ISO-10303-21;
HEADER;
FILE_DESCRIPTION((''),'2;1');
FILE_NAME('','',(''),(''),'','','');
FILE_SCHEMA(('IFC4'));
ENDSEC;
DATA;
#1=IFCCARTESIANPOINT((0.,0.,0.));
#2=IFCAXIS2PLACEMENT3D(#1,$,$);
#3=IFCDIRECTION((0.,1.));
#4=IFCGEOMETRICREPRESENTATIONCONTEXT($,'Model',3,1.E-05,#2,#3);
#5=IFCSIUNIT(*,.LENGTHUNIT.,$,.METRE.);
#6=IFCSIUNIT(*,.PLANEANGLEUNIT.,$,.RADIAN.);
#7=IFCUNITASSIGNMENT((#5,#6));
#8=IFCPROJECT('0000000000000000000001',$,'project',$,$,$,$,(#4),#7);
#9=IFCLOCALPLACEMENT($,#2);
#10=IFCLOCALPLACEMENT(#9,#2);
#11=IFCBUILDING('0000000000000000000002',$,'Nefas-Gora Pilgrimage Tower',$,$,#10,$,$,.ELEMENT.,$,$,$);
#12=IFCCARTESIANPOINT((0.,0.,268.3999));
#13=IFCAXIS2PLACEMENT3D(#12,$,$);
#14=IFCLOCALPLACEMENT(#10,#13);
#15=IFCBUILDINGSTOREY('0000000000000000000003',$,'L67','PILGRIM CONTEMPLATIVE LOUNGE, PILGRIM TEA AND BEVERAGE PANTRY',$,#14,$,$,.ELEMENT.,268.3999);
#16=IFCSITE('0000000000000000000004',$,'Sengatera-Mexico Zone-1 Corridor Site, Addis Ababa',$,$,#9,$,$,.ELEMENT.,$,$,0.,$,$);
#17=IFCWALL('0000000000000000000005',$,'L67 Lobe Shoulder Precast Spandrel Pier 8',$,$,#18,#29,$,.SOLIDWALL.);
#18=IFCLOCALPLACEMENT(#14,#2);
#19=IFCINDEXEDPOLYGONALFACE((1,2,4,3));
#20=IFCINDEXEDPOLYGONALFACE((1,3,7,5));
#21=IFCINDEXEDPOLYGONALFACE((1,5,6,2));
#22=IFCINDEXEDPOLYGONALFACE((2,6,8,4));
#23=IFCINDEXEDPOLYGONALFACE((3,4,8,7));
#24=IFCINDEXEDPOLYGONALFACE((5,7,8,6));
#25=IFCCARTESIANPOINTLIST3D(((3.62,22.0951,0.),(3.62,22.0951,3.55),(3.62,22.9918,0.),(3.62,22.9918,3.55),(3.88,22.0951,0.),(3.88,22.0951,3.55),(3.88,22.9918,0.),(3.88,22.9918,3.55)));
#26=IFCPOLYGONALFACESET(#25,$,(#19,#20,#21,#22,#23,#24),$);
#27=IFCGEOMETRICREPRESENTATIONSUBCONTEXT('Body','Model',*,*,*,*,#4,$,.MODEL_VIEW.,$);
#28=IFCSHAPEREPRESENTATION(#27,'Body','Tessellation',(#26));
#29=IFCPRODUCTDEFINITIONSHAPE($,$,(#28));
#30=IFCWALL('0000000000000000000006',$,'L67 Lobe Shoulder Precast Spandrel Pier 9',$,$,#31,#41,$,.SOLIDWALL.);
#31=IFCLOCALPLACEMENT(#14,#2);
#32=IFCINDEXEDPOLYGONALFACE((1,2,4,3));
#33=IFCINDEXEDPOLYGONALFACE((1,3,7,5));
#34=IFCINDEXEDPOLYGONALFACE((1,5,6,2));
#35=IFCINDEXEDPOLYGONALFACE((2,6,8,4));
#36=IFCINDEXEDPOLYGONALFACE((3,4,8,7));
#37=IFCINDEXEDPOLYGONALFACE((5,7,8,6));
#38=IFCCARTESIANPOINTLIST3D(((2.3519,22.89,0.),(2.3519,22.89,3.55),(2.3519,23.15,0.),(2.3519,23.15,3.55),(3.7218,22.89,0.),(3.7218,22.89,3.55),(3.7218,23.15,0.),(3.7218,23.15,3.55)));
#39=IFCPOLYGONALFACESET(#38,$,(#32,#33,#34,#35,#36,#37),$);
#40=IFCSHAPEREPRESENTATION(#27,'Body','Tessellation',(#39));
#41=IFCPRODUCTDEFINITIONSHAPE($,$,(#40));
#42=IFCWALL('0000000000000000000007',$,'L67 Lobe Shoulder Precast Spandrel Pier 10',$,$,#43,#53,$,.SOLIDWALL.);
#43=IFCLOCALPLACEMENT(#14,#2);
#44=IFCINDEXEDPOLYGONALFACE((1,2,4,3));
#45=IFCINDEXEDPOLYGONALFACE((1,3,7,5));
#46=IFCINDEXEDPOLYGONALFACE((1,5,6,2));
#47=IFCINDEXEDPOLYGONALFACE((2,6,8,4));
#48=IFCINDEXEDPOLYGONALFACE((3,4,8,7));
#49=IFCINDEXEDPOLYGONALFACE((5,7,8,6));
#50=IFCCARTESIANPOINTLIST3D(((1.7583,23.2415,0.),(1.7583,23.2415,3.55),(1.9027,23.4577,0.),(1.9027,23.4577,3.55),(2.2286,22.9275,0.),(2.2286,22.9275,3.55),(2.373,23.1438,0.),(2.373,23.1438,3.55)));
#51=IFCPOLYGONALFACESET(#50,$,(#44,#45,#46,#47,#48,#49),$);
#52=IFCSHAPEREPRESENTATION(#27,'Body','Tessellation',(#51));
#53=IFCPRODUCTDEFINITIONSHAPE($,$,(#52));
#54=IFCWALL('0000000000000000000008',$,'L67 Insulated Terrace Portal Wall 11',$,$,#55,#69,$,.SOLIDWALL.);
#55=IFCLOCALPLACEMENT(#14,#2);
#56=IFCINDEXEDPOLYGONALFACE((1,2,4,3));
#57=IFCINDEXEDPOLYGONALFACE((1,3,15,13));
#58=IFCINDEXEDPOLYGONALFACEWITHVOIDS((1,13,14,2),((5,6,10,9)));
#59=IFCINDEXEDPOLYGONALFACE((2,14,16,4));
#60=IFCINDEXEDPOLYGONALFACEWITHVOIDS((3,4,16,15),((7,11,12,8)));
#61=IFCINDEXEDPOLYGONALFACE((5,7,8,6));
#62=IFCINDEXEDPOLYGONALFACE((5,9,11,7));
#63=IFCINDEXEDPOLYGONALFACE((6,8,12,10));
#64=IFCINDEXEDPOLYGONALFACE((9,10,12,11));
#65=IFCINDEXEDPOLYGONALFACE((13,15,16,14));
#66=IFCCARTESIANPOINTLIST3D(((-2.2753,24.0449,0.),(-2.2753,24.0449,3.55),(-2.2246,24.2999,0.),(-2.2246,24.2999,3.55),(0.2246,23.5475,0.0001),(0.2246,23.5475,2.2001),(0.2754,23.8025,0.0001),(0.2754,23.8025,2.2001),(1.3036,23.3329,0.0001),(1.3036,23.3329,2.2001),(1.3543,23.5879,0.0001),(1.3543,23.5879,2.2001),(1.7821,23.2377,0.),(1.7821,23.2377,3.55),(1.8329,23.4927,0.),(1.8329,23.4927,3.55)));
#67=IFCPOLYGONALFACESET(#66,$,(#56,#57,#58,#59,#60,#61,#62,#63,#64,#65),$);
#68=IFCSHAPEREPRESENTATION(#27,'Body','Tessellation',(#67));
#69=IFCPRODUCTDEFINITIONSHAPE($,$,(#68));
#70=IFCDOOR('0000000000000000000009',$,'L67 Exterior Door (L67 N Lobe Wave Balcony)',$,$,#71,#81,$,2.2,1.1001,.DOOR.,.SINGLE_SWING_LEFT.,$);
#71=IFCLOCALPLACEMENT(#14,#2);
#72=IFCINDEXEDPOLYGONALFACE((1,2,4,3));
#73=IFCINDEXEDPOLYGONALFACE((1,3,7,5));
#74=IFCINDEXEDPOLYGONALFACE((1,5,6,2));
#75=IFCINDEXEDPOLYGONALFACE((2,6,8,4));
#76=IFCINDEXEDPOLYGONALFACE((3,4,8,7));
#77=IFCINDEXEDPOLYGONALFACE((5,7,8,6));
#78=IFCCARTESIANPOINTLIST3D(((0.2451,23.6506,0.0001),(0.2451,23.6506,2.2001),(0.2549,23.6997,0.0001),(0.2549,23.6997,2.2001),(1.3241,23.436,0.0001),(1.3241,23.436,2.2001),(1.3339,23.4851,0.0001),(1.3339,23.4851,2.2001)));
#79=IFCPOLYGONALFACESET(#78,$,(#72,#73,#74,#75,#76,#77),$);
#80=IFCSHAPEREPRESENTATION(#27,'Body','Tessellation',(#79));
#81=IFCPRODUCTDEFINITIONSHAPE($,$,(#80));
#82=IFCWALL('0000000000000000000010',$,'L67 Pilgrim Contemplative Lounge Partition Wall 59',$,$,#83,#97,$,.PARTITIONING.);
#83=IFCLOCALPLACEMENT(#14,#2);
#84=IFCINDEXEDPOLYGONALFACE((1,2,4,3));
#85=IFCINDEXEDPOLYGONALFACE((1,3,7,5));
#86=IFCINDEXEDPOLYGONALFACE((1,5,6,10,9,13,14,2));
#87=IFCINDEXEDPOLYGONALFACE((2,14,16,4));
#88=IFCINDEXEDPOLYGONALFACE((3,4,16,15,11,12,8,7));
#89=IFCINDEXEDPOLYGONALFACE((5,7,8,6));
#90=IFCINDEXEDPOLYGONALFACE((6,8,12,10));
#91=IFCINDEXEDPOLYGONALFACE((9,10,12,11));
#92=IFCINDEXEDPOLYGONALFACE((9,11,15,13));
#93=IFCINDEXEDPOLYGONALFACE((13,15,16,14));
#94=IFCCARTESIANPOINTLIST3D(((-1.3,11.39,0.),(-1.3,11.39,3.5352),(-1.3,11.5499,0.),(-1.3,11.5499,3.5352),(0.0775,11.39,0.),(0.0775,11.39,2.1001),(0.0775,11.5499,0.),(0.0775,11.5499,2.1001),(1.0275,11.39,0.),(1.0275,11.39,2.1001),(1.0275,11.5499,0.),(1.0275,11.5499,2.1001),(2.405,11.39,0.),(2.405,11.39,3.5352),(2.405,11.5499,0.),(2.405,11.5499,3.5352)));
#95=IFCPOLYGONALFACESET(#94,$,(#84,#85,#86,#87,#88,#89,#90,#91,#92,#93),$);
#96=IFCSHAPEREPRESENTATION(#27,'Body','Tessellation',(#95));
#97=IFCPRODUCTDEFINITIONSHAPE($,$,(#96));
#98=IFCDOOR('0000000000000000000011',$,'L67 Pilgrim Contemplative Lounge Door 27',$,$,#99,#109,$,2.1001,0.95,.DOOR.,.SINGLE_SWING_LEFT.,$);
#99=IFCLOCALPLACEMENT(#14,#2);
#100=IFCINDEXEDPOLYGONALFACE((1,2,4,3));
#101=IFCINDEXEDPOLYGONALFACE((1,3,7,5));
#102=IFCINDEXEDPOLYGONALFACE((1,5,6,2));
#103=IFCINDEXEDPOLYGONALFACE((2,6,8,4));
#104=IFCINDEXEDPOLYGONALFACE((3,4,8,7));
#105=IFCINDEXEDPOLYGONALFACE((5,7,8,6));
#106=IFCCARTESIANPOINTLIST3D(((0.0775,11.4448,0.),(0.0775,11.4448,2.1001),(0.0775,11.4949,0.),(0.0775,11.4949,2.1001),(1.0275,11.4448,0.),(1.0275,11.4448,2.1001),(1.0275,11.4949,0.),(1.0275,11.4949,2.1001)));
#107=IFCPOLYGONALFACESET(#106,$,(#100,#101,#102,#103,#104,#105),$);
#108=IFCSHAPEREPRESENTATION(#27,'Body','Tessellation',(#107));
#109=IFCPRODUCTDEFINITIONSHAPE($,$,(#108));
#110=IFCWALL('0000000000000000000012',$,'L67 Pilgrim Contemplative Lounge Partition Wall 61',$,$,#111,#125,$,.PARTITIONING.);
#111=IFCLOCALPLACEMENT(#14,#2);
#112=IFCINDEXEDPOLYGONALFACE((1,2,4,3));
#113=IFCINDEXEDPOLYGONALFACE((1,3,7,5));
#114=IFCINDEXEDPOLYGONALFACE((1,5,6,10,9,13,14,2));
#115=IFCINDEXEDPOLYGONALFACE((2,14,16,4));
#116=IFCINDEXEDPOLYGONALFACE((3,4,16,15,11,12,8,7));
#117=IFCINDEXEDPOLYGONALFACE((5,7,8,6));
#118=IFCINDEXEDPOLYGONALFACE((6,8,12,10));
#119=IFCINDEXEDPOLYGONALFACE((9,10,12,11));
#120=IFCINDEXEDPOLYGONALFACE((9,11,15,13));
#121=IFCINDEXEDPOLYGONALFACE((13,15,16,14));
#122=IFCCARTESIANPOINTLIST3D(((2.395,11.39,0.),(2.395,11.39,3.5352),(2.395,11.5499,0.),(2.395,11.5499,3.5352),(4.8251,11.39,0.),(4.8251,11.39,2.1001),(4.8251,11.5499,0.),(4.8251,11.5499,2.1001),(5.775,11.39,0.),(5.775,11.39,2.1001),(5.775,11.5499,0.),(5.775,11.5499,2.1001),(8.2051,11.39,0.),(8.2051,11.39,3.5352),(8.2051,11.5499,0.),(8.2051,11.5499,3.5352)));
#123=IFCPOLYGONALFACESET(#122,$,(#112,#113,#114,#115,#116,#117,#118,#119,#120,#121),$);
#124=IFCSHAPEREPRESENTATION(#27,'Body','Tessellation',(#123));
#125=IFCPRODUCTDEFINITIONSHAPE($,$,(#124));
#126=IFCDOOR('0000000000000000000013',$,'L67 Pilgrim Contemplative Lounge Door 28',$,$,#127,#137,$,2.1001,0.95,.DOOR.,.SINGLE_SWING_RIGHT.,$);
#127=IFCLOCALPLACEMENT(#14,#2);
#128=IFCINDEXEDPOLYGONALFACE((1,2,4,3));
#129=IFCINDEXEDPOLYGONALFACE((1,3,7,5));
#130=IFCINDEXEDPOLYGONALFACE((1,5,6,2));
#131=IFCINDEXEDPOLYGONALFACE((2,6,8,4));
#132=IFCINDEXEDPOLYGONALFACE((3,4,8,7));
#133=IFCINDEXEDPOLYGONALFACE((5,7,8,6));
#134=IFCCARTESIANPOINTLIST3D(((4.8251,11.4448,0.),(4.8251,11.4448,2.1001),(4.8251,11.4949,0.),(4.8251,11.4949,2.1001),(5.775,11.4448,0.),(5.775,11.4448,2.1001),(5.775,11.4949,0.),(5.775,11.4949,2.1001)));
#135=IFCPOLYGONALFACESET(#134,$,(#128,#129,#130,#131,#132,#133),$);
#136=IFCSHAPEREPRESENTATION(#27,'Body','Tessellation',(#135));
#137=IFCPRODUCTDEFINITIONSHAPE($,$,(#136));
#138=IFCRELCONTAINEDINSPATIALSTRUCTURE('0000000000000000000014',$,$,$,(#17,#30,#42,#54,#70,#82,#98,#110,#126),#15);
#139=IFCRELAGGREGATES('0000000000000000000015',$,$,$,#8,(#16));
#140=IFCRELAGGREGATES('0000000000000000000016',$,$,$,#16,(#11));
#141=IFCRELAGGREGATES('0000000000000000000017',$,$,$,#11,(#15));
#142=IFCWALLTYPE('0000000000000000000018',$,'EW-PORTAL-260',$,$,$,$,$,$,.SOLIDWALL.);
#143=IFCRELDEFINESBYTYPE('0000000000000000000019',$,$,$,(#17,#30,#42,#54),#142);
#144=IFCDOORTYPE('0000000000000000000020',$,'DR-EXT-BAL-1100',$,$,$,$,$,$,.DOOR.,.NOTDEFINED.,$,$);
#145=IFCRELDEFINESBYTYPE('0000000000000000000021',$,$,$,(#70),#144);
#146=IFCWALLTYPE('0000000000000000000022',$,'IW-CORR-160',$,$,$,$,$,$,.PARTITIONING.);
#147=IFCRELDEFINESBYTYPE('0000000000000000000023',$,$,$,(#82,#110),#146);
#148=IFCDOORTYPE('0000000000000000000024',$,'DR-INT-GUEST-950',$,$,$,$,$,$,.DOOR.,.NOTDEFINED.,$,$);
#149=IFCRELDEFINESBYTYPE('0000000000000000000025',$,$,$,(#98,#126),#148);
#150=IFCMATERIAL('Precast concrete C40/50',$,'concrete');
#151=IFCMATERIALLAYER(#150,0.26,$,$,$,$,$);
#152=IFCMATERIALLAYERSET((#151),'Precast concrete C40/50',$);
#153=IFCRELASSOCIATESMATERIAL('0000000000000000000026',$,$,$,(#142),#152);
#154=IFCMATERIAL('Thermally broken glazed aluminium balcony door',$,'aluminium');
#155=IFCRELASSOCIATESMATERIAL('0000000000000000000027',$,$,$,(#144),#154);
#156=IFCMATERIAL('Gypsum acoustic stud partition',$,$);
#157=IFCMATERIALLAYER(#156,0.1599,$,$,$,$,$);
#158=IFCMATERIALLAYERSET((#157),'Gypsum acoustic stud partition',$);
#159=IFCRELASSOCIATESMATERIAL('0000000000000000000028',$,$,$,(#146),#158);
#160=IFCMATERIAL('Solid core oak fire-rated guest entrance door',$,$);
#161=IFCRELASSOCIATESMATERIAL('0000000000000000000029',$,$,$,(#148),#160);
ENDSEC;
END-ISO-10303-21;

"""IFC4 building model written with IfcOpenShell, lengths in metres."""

from ifc_helpers import new_model, si_unit, direction, frame, frame_2d, origin, place, context, subcontext, project, spatial, rectangle, extrude, source, transform, mapped, material, layer, layer_set, type_object, element, fill, save


model = new_model("IFC4")

# Units and contexts
model_context = context("Model", 3, precision=1e-05, world=origin(), true_north=direction((0.0, 1.0)))
body_context = subcontext(model_context, "Body", "Model", "MODEL_VIEW")
ifc_project = project(units=[si_unit("LENGTHUNIT", "METRE"), si_unit("PLANEANGLEUNIT", "RADIAN")], contexts=[model_context])

# Site, building, storey
site_placement = place(None, origin())
site = spatial("IfcSite", under=ifc_project, at=site_placement, Name="Sengatera-Mexico Zone-1 Corridor Site, Addis Ababa", CompositionType="ELEMENT", RefElevation=0.0)
building_placement = place(site_placement, origin())
building = spatial("IfcBuilding", under=site, at=building_placement, Name="Nefas-Gora Pilgrimage Tower", CompositionType="ELEMENT")
storey_placement = place(building_placement, frame((0.0, 0.0, 268.3999)))
storey = spatial("IfcBuildingStorey", under=building, at=storey_placement, Name="L67", Description="PILGRIM CONTEMPLATIVE LOUNGE, PILGRIM TEA AND BEVERAGE PANTRY", CompositionType="ELEMENT", Elevation=268.3999)

# Walls
ifc_material_1 = material(Name="Precast concrete C40/50", Category="concrete")
ifc_layer_1 = layer(ifc_material_1, 0.26)
ifc_layer_set_1 = layer_set([ifc_layer_1], Name="Precast concrete C40/50")
wall_type_1 = type_object("IfcWallType", Name="EW-PORTAL-260", PredefinedType="SOLIDWALL", material=ifc_layer_set_1)
shared_shape_1 = source(origin(), body_context, "Body", "SweptSolid", [
    extrude(rectangle(XDim=0.8967, YDim=0.26, at=frame_2d((0.4482, 0.0))), origin(), (0.0, 0.0, 1.0), 3.55),
])
wall_1_placement = place(storey_placement, frame((3.75, 22.0952, 0.0), z_axis=(0.0, 0.0, 1.0), x_axis=(0.0, 1.0, 0.0)))
element("IfcWall", 1, at=wall_1_placement, inside=storey, type_object=wall_type_1, Name="L67 Lobe Shoulder Precast Spandrel Pier 8", PredefinedType="SOLIDWALL", context=body_context, shape_type="MappedRepresentation", body=[
    mapped(shared_shape_1, transform((0.0, 0.0, 0.0), x_axis=(1.0, 0.0, 0.0), y_axis=(0.0, 1.0, 0.0), z_axis=(0.0, 0.0, 1.0), scale=1.0)),
])
shared_shape_2 = source(origin(), body_context, "Body", "SweptSolid", [
    extrude(rectangle(XDim=1.3699, YDim=0.26, at=frame_2d((0.6851, 0.0))), origin(), (0.0, 0.0, 1.0), 3.55),
])
wall_2_placement = place(storey_placement, frame((3.7219, 23.02, 0.0), z_axis=(0.0, 0.0, 1.0), x_axis=(-1.0, 0.0, 0.0)))
element("IfcWall", 2, at=wall_2_placement, inside=storey, type_object=wall_type_1, Name="L67 Lobe Shoulder Precast Spandrel Pier 9", PredefinedType="SOLIDWALL", context=body_context, shape_type="MappedRepresentation", body=[
    mapped(shared_shape_2, transform((0.0, 0.0, 0.0), x_axis=(1.0, 0.0, 0.0), y_axis=(0.0, 1.0, 0.0), z_axis=(0.0, 0.0, 1.0), scale=1.0)),
])
shared_shape_3 = source(origin(), body_context, "Body", "SweptSolid", [
    extrude(rectangle(XDim=0.5654, YDim=0.26, at=frame_2d((0.2827, 0.0))), origin(), (0.0, 0.0, 1.0), 3.55),
])
wall_3_placement = place(storey_placement, frame((2.3008, 23.0356, 0.0), z_axis=(0.0, 0.0, 1.0), x_axis=(-0.831651, 0.555298, 0.0)))
element("IfcWall", 3, at=wall_3_placement, inside=storey, type_object=wall_type_1, Name="L67 Lobe Shoulder Precast Spandrel Pier 10", PredefinedType="SOLIDWALL", context=body_context, shape_type="MappedRepresentation", body=[
    mapped(shared_shape_3, transform((0.0, 0.0, 0.0), x_axis=(1.0, 0.0, 0.0), y_axis=(0.0, 1.0, 0.0), z_axis=(0.0, 0.0, 1.0), scale=1.0)),
])

# Walls, openings, doors
shared_shape_4 = source(origin(), body_context, "Body", "SweptSolid", [
    extrude(rectangle(XDim=4.137, YDim=0.26, at=frame_2d((2.0684, 0.0))), origin(), (0.0, 0.0, 1.0), 3.55),
])
wall_4_placement = place(storey_placement, frame((1.8074, 23.3652, 0.0), z_axis=(0.0, 0.0, 1.0), x_axis=(-0.980782, 0.195106, 0.0)))
wall_4 = element("IfcWall", 4, at=wall_4_placement, inside=storey, type_object=wall_type_1, Name="L67 Insulated Terrace Portal Wall 11", PredefinedType="SOLIDWALL", context=body_context, shape_type="MappedRepresentation", body=[
    mapped(shared_shape_4, transform((0.0, 0.0, 0.0), x_axis=(1.0, 0.0, 0.0), y_axis=(0.0, 1.0, 0.0), z_axis=(0.0, 0.0, 1.0), scale=1.0)),
])
opening_1_placement = place(wall_4_placement, frame((0.4878, 0.0, 0.0)))
opening_1 = element("IfcOpeningElement", 5, at=opening_1_placement, cuts=wall_4, PredefinedType="OPENING", context=body_context, shape_type="SweptSolid", body=[
    extrude(rectangle(XDim=1.1001, YDim=2.2, at=frame_2d((0.55, 1.1001))), frame((0.0, 0.1399, 0.0), z_axis=(0.0, -1.0, 0.0), x_axis=(1.0, 0.0, 0.0)), (0.0, 0.0, 1.0), 0.28),
])
ifc_material_2 = material(Name="Thermally broken glazed aluminium balcony door", Category="aluminium")
door_type_1 = type_object("IfcDoorType", Name="DR-EXT-BAL-1100", OperationType="NOTDEFINED", PredefinedType="DOOR", material=ifc_material_2)
shared_shape_5 = source(origin(), body_context, "Body", "SweptSolid", [
    extrude(rectangle(XDim=1.1001, YDim=2.2, at=frame_2d((0.55, 1.1001))), frame((0.0, 0.0249, 0.0), z_axis=(0.0, -1.0, 0.0), x_axis=(1.0, 0.0, 0.0)), (0.0, 0.0, 1.0), 0.05),
])
door_1_placement = place(opening_1_placement, origin())
door_1 = element("IfcDoor", 6, at=door_1_placement, inside=storey, type_object=door_type_1, Name="L67 Exterior Door (L67 N Lobe Wave Balcony)", OperationType="SINGLE_SWING_LEFT", OverallHeight=2.2, OverallWidth=1.1001, PredefinedType="DOOR", context=body_context, shape_type="MappedRepresentation", body=[
    mapped(shared_shape_5, transform((0.0, 0.0, 0.0), x_axis=(1.0, 0.0, 0.0), y_axis=(0.0, 1.0, 0.0), z_axis=(0.0, 0.0, 1.0), scale=1.0)),
])
fill(opening_1, door_1)
ifc_material_3 = material(Name="Gypsum acoustic stud partition")
ifc_layer_2 = layer(ifc_material_3, 0.1599)
ifc_layer_set_2 = layer_set([ifc_layer_2], Name="Gypsum acoustic stud partition")
wall_type_2 = type_object("IfcWallType", Name="IW-CORR-160", PredefinedType="PARTITIONING", material=ifc_layer_set_2)
shared_shape_6 = source(origin(), body_context, "Body", "SweptSolid", [
    extrude(rectangle(XDim=3.7051, YDim=0.1599, at=frame_2d((1.8525, 0.0))), origin(), (0.0, 0.0, 1.0), 3.5352),
])
wall_5_placement = place(storey_placement, frame((-1.3, 11.47, 0.0), z_axis=(0.0, 0.0, 1.0), x_axis=(1.0, 0.0, 0.0)))
wall_5 = element("IfcWall", 7, at=wall_5_placement, inside=storey, type_object=wall_type_2, Name="L67 Pilgrim Contemplative Lounge Partition Wall 59", PredefinedType="PARTITIONING", context=body_context, shape_type="MappedRepresentation", body=[
    mapped(shared_shape_6, transform((0.0, 0.0, 0.0), x_axis=(1.0, 0.0, 0.0), y_axis=(0.0, 1.0, 0.0), z_axis=(0.0, 0.0, 1.0), scale=1.0)),
])
opening_2_placement = place(wall_5_placement, frame((1.3774, 0.0, 0.0)))
opening_2 = element("IfcOpeningElement", 8, at=opening_2_placement, cuts=wall_5, PredefinedType="OPENING", context=body_context, shape_type="SweptSolid", body=[
    extrude(rectangle(XDim=0.95, YDim=2.1001, at=frame_2d((0.4751, 1.05))), frame((0.0, 0.0898, 0.0), z_axis=(0.0, -1.0, 0.0), x_axis=(1.0, 0.0, 0.0)), (0.0, 0.0, 1.0), 0.1799),
])
ifc_material_4 = material(Name="Solid core oak fire-rated guest entrance door")
door_type_2 = type_object("IfcDoorType", Name="DR-INT-GUEST-950", OperationType="NOTDEFINED", PredefinedType="DOOR", material=ifc_material_4)
shared_shape_7 = source(origin(), body_context, "Body", "SweptSolid", [
    extrude(rectangle(XDim=0.95, YDim=2.1001, at=frame_2d((0.4751, 1.05))), frame((0.0, 0.0249, 0.0), z_axis=(0.0, -1.0, 0.0), x_axis=(1.0, 0.0, 0.0)), (0.0, 0.0, 1.0), 0.05),
])
door_2_placement = place(opening_2_placement, origin())
door_2 = element("IfcDoor", 9, at=door_2_placement, inside=storey, type_object=door_type_2, Name="L67 Pilgrim Contemplative Lounge Door 27", OperationType="SINGLE_SWING_LEFT", OverallHeight=2.1001, OverallWidth=0.95, PredefinedType="DOOR", context=body_context, shape_type="MappedRepresentation", body=[
    mapped(shared_shape_7, transform((0.0, 0.0, 0.0), x_axis=(1.0, 0.0, 0.0), y_axis=(0.0, 1.0, 0.0), z_axis=(0.0, 0.0, 1.0), scale=1.0)),
])
fill(opening_2, door_2)
shared_shape_8 = source(origin(), body_context, "Body", "SweptSolid", [
    extrude(rectangle(XDim=5.8101, YDim=0.1599, at=frame_2d((2.905, 0.0))), origin(), (0.0, 0.0, 1.0), 3.5352),
])
wall_6_placement = place(storey_placement, frame((2.395, 11.47, 0.0), z_axis=(0.0, 0.0, 1.0), x_axis=(1.0, 0.0, 0.0)))
wall_6 = element("IfcWall", 10, at=wall_6_placement, inside=storey, type_object=wall_type_2, Name="L67 Pilgrim Contemplative Lounge Partition Wall 61", PredefinedType="PARTITIONING", context=body_context, shape_type="MappedRepresentation", body=[
    mapped(shared_shape_8, transform((0.0, 0.0, 0.0), x_axis=(1.0, 0.0, 0.0), y_axis=(0.0, 1.0, 0.0), z_axis=(0.0, 0.0, 1.0), scale=1.0)),
])
opening_3_placement = place(wall_6_placement, frame((2.4299, 0.0, 0.0)))
opening_3 = element("IfcOpeningElement", 11, at=opening_3_placement, cuts=wall_6, PredefinedType="OPENING", context=body_context, shape_type="SweptSolid", body=[
    extrude(rectangle(XDim=0.95, YDim=2.1001, at=frame_2d((0.4751, 1.05))), frame((0.0, 0.0898, 0.0), z_axis=(0.0, -1.0, 0.0), x_axis=(1.0, 0.0, 0.0)), (0.0, 0.0, 1.0), 0.1799),
])
door_3_placement = place(opening_3_placement, origin())
door_3 = element("IfcDoor", 12, at=door_3_placement, inside=storey, type_object=door_type_2, Name="L67 Pilgrim Contemplative Lounge Door 28", OperationType="SINGLE_SWING_RIGHT", OverallHeight=2.1001, OverallWidth=0.95, PredefinedType="DOOR", context=body_context, shape_type="MappedRepresentation", body=[
    mapped(shared_shape_7, transform((0.0, 0.0, 0.0), x_axis=(1.0, 0.0, 0.0), y_axis=(0.0, 1.0, 0.0), z_axis=(0.0, 0.0, 1.0), scale=1.0)),
])
fill(opening_3, door_3)

save(model, "model.ifc")
